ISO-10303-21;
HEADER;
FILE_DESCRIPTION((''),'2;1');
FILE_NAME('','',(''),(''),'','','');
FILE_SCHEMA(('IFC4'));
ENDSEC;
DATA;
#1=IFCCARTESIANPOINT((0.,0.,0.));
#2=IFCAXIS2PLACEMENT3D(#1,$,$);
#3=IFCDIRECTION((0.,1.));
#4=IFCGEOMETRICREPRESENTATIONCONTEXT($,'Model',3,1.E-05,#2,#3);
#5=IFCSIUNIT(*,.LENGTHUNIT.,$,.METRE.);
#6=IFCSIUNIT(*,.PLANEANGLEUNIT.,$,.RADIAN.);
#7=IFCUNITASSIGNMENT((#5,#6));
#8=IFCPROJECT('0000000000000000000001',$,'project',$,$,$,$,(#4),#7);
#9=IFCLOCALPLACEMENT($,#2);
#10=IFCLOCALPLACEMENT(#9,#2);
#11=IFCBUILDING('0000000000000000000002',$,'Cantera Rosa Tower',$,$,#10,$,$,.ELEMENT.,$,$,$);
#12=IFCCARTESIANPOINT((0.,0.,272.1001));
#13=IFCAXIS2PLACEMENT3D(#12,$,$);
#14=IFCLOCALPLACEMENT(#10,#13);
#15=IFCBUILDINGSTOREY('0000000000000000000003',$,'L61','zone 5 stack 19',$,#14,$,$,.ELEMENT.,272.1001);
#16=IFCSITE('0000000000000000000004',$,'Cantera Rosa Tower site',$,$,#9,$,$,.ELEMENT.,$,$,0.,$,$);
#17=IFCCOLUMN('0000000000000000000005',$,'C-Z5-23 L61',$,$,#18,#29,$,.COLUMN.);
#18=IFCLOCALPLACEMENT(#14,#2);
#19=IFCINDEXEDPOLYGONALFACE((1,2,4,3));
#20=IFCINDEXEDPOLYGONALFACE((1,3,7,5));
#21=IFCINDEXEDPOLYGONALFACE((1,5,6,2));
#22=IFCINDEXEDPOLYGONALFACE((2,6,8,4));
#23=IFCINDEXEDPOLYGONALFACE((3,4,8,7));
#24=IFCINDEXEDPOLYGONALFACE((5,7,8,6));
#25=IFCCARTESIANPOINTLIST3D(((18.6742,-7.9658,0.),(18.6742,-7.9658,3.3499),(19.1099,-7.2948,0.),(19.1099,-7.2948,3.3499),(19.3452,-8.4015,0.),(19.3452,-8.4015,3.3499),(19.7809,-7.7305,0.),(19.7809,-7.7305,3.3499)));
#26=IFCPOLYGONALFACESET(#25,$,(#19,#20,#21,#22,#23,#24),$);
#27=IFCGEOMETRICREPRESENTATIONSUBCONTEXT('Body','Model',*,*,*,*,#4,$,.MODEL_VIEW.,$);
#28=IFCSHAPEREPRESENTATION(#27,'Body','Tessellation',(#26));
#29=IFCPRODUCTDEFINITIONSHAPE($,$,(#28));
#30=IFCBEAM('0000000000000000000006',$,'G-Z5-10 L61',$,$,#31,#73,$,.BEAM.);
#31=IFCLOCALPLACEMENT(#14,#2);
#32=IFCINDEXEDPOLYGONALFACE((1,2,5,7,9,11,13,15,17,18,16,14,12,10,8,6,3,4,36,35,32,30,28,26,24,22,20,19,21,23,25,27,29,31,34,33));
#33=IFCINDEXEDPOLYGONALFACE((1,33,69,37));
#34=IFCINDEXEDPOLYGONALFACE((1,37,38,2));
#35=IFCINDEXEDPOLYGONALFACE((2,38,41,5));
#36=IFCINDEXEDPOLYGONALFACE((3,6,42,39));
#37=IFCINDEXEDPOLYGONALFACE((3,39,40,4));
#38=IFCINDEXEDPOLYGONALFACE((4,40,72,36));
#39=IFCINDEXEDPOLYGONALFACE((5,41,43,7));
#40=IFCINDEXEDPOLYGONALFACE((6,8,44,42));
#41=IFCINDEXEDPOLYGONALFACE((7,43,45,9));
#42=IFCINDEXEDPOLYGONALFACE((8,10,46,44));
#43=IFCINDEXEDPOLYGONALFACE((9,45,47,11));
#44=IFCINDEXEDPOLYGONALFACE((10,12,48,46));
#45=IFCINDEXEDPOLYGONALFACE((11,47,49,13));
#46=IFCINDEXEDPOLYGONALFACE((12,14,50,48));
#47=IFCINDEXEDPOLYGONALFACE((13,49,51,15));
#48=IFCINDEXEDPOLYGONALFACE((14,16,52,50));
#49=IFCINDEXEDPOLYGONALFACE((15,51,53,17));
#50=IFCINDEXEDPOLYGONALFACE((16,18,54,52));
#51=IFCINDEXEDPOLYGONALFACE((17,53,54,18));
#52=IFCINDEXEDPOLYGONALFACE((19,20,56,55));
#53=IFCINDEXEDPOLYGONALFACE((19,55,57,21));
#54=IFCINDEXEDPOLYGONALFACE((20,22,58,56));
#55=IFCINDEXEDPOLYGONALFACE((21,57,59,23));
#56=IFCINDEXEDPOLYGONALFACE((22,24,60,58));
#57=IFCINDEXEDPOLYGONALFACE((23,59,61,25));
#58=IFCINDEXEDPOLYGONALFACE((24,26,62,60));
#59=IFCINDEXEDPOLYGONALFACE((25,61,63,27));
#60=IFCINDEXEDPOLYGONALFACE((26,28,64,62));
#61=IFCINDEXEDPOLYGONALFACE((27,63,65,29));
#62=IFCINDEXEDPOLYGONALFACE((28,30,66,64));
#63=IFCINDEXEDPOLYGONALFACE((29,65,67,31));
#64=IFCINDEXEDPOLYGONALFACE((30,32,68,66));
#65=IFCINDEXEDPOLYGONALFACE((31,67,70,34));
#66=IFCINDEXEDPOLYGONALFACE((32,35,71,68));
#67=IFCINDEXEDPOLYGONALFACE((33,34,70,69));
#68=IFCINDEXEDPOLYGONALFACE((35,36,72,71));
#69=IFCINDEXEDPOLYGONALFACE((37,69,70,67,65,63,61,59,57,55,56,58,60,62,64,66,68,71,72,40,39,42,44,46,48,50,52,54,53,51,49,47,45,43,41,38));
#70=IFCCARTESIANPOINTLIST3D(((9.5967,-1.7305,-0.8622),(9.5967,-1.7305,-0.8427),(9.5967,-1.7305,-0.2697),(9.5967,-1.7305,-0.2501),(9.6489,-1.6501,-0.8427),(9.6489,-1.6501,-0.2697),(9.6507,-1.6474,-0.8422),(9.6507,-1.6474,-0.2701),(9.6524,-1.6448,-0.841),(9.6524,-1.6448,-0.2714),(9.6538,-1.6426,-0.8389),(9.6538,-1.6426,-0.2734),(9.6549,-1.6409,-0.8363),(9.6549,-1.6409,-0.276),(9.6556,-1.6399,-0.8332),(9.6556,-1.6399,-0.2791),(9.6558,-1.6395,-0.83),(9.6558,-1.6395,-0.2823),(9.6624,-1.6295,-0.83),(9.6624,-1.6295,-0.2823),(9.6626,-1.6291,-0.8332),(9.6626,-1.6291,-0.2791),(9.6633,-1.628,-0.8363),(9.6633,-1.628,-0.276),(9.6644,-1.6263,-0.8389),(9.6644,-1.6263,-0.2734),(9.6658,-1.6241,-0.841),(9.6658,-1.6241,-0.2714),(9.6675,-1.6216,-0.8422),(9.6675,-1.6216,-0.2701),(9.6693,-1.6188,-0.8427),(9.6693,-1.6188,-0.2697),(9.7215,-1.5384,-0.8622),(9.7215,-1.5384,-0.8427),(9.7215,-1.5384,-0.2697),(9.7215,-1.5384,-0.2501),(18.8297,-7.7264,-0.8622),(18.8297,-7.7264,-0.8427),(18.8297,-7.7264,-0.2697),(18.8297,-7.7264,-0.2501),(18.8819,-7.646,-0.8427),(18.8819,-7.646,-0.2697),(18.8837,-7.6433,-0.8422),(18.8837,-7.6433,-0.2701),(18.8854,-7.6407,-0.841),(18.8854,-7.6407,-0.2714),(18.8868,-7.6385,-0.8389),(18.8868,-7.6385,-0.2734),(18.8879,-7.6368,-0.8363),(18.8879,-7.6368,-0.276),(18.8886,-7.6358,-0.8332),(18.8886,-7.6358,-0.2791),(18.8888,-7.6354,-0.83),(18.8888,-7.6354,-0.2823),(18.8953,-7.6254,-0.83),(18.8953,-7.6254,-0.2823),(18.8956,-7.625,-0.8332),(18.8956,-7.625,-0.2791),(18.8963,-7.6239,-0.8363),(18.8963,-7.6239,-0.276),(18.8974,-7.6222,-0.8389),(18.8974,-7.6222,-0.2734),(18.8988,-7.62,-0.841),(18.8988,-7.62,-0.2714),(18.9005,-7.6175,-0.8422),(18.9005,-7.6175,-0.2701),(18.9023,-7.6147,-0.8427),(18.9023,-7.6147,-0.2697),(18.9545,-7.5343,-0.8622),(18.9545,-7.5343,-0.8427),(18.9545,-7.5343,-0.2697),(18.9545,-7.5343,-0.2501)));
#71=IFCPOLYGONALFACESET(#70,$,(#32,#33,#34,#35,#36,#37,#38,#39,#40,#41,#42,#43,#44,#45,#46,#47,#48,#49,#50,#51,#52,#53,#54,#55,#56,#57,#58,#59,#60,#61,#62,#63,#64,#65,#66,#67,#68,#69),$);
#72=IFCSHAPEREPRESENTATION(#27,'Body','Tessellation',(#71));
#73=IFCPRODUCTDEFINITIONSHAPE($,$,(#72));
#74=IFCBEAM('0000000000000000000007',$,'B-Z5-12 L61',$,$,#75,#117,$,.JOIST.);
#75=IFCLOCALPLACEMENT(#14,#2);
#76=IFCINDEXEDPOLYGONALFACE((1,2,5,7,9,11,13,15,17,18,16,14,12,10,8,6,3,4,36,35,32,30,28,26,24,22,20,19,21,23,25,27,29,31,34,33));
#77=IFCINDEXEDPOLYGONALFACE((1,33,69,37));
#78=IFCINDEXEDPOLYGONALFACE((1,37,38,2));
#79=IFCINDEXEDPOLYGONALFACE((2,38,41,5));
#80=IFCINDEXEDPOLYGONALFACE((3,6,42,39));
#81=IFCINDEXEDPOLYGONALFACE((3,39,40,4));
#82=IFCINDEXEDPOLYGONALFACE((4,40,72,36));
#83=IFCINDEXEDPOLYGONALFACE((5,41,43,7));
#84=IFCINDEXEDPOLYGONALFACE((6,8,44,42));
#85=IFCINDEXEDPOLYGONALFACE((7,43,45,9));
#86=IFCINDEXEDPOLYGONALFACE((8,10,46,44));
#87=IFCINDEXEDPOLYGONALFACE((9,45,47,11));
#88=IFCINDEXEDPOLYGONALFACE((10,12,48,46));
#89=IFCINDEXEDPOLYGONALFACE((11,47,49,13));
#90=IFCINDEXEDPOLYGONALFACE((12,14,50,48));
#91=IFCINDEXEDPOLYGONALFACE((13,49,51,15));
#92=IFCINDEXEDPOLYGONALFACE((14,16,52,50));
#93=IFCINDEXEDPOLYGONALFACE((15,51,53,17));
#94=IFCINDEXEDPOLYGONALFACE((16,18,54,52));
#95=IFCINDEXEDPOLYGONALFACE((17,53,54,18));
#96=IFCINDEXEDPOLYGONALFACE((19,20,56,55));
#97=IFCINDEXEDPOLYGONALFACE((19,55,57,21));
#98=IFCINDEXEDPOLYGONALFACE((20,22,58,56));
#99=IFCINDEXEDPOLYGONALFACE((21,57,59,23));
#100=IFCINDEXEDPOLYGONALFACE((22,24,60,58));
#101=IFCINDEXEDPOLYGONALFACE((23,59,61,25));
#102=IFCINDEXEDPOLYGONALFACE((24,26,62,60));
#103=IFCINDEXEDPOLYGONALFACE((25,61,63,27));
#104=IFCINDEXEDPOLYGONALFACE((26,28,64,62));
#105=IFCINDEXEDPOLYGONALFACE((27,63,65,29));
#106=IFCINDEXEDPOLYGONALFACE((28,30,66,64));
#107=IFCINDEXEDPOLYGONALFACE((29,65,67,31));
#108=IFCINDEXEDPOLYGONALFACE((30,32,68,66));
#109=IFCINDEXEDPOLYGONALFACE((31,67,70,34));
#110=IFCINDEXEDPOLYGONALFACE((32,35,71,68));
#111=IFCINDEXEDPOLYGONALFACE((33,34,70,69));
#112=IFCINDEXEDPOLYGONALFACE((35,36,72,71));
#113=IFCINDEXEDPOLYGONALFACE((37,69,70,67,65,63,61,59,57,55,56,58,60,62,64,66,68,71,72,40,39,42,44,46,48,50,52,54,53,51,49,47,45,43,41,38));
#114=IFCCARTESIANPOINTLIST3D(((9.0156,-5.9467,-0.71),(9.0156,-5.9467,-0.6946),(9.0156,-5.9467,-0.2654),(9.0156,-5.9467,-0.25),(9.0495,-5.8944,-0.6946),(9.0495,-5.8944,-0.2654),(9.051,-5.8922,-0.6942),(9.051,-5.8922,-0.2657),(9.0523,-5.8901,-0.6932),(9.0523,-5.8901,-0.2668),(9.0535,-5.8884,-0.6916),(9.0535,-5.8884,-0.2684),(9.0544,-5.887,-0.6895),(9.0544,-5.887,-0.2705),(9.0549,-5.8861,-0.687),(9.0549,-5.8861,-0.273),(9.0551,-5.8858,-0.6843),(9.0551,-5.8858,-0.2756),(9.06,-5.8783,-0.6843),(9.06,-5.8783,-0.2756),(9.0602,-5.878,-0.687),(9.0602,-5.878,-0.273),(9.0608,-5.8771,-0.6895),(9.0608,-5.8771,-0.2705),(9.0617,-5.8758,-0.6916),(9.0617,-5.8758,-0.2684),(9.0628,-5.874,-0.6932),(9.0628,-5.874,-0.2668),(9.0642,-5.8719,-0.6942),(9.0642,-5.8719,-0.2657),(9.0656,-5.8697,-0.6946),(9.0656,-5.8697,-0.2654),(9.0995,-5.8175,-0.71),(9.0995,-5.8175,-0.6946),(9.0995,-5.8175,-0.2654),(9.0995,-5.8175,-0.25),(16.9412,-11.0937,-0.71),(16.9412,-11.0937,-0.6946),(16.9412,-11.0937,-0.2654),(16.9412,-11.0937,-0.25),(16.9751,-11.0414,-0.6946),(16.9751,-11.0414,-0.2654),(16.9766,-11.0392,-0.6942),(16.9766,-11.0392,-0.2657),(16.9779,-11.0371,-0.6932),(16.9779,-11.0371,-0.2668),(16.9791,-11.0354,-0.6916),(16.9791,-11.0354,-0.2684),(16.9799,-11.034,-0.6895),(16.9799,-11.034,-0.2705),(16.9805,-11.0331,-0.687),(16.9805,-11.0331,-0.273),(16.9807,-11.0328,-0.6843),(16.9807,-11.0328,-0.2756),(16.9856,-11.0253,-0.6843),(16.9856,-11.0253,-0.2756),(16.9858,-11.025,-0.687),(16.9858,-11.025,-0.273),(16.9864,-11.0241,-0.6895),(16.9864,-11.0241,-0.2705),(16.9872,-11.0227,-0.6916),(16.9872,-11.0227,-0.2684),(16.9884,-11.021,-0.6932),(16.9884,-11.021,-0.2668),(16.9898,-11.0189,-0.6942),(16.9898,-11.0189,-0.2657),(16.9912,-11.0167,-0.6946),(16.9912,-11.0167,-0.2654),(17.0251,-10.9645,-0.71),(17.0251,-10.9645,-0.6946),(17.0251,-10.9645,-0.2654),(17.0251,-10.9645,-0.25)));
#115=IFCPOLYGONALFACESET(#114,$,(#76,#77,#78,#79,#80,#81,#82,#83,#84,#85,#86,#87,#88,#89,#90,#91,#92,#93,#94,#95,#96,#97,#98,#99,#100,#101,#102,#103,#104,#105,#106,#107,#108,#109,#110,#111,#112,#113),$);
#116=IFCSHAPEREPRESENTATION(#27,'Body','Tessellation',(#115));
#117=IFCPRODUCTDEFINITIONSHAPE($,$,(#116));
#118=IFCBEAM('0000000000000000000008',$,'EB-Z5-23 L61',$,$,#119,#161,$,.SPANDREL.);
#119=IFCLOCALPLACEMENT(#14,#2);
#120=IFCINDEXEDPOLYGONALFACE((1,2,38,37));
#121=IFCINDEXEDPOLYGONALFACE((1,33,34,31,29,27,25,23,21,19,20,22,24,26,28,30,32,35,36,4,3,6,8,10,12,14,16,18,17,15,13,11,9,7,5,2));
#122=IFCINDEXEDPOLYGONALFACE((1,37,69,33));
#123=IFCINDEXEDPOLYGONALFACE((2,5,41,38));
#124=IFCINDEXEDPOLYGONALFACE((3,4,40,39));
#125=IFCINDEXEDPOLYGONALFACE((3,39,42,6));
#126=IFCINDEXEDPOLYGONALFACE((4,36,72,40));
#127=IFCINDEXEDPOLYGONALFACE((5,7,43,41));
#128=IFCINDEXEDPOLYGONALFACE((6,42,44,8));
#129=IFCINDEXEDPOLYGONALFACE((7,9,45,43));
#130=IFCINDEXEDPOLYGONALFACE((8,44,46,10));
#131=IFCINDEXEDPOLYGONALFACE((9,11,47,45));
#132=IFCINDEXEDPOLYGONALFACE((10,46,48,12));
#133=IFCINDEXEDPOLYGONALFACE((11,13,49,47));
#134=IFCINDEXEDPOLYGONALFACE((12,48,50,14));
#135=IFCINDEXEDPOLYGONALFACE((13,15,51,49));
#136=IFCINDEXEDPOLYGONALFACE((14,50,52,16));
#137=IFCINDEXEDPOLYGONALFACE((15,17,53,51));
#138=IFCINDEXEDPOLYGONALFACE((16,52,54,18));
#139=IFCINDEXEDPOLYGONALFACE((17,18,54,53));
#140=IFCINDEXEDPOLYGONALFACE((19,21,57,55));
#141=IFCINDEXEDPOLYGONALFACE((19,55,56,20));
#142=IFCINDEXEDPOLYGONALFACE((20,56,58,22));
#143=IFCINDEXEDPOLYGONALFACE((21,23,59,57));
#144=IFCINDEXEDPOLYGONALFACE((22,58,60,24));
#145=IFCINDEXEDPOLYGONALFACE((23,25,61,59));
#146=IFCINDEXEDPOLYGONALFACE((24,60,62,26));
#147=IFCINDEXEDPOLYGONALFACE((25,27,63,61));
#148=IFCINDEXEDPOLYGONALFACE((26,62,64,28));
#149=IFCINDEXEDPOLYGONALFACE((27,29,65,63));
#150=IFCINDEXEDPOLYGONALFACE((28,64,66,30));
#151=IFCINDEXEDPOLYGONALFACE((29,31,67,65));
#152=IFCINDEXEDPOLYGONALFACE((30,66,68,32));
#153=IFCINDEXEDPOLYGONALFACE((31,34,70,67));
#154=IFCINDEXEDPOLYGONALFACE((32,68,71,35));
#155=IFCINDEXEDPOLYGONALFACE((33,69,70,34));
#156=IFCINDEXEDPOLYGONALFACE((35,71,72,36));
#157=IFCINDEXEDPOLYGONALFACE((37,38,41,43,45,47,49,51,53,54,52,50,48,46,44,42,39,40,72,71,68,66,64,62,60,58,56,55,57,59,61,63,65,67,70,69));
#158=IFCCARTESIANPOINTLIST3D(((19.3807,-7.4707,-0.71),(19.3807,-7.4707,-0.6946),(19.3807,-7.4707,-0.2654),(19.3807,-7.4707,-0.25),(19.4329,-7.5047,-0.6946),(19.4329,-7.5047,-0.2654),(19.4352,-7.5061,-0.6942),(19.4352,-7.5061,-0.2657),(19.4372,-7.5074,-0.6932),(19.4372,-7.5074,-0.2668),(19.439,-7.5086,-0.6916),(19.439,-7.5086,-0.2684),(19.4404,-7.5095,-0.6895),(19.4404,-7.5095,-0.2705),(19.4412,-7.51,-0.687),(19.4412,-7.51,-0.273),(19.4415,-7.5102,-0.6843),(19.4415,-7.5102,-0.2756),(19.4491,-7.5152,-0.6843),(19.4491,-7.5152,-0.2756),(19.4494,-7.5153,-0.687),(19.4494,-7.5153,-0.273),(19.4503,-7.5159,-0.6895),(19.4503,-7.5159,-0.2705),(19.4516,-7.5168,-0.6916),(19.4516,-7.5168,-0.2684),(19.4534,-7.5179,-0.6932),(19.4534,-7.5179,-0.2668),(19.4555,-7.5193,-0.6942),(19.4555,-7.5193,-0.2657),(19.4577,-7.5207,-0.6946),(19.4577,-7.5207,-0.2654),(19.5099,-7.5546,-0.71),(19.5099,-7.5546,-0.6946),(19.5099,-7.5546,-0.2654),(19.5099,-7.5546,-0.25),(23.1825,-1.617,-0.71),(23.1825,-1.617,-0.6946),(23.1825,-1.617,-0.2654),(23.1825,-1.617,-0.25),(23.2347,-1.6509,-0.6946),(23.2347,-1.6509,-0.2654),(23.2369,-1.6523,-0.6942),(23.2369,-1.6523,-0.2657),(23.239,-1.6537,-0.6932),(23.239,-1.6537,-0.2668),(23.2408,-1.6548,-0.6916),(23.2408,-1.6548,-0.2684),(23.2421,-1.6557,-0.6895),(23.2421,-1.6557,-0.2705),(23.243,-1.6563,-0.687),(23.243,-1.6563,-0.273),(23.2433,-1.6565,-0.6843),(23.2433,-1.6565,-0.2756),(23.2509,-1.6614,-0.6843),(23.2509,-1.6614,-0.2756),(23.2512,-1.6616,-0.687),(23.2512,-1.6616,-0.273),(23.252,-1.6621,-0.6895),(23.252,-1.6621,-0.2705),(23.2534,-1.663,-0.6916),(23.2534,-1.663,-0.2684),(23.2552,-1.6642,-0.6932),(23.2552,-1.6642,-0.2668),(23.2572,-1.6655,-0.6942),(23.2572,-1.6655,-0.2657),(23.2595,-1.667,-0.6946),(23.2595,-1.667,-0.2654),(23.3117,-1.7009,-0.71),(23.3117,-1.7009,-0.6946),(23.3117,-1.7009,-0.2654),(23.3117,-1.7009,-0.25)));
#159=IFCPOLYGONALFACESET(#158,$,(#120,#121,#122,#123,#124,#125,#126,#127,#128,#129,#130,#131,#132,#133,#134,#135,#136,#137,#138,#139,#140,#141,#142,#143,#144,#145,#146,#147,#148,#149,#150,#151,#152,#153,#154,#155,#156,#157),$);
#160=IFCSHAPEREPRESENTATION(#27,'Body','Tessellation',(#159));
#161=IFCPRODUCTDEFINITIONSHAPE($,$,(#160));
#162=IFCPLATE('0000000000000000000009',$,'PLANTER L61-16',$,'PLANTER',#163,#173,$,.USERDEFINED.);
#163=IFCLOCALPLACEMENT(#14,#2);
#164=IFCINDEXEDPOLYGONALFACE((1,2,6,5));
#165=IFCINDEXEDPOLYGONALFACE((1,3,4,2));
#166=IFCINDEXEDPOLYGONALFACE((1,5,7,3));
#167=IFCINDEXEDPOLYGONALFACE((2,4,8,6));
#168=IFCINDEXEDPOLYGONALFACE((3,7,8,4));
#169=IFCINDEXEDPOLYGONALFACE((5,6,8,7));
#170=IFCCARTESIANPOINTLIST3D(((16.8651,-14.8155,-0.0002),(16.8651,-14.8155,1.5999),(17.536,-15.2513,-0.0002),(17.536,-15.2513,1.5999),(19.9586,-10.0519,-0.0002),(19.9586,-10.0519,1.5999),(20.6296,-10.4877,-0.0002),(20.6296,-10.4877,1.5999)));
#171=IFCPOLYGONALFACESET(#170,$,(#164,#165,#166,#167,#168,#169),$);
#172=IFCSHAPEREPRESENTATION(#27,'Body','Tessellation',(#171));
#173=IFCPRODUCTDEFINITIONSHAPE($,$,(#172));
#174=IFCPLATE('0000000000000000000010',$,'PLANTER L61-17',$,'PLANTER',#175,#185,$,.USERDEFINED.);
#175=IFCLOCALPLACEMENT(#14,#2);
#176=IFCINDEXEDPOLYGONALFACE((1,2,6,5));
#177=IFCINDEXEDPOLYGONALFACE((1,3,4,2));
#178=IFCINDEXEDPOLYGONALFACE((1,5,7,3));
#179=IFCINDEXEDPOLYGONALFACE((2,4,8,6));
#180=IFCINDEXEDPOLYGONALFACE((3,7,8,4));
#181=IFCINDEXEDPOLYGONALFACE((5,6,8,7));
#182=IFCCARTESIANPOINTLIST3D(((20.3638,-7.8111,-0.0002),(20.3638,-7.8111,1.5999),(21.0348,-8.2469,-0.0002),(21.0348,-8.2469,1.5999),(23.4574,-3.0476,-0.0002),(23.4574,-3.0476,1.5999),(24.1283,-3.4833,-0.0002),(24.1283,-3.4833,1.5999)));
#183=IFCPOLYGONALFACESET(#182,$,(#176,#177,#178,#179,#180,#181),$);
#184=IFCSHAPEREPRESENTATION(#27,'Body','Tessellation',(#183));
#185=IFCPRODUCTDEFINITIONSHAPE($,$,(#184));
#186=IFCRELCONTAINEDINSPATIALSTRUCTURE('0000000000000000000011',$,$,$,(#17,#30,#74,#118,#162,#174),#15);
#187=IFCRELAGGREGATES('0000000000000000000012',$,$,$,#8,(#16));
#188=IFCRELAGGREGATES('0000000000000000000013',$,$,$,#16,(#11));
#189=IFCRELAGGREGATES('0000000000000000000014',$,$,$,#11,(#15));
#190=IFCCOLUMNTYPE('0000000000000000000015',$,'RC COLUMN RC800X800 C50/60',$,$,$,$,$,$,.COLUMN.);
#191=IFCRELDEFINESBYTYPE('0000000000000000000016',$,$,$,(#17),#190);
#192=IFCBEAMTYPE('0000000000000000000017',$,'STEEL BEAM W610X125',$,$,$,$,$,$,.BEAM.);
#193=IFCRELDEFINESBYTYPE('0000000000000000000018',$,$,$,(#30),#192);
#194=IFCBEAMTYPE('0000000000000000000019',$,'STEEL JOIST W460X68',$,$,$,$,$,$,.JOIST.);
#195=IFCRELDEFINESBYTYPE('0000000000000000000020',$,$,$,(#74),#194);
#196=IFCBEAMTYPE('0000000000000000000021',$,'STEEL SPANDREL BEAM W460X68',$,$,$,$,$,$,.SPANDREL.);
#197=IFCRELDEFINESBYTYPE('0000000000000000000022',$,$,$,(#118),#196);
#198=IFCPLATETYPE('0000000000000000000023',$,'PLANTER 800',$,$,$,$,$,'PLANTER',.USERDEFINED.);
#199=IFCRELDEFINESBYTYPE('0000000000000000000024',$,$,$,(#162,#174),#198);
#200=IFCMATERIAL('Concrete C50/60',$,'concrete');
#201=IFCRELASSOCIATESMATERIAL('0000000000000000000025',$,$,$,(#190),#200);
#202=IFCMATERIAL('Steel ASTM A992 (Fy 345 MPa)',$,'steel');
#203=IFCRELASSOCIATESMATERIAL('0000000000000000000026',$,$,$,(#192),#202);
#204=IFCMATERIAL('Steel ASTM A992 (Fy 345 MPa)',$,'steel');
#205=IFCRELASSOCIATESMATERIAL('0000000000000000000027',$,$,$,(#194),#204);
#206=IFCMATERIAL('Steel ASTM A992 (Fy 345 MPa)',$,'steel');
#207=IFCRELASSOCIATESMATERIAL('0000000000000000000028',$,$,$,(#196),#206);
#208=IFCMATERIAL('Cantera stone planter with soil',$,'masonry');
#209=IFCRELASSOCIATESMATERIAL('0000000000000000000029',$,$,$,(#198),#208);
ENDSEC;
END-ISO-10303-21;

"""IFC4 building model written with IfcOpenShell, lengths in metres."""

from ifc_helpers import new_model, si_unit, direction, frame, origin, origin_2d, place, context, subcontext, project, spatial, rectangle, i_section, extrude, material, material_profile, profile_set, type_object, element, save


model = new_model("IFC4")

# Units and contexts
model_context = context("Model", 3, precision=1e-05, world=origin(), true_north=direction((0.0, 1.0)))
body_context = subcontext(model_context, "Body", "Model", "MODEL_VIEW")
ifc_project = project(units=[si_unit("LENGTHUNIT", "METRE"), si_unit("PLANEANGLEUNIT", "RADIAN")], contexts=[model_context])

# Site, building, storey
site_placement = place(None, origin())
site = spatial("IfcSite", under=ifc_project, at=site_placement, Name="Cantera Rosa Tower site", CompositionType="ELEMENT", RefElevation=0.0)
building_placement = place(site_placement, origin())
building = spatial("IfcBuilding", under=site, at=building_placement, Name="Cantera Rosa Tower", CompositionType="ELEMENT")
storey_placement = place(building_placement, frame((0.0, 0.0, 272.1001)))
storey = spatial("IfcBuildingStorey", under=building, at=storey_placement, Name="L61", Description="zone 5 stack 19", CompositionType="ELEMENT", Elevation=272.1001)

# Column
ifc_material_1 = material(Name="Concrete C50/60", Category="concrete")
ifc_material_profile_1 = material_profile(ifc_material_1, rectangle(XDim=0.8, YDim=0.8, at=origin_2d()), Name="RC COLUMN RC800X800 C50/60")
ifc_profile_set_1 = profile_set([ifc_material_profile_1], Name="Concrete C50/60")
column_type = type_object("IfcColumnType", Name="RC COLUMN RC800X800 C50/60", PredefinedType="COLUMN", material=ifc_profile_set_1)
column_placement = place(storey_placement, frame((19.2275, -7.8481, 0.0), z_axis=(0.0, 0.0, 1.0), x_axis=(0.544639, 0.838671, 0.0)))
element("IfcColumn", 1, at=column_placement, inside=storey, type_object=column_type, Name="C-Z5-23 L61", PredefinedType="COLUMN", context=body_context, shape_type="SweptSolid", body=[
    extrude(rectangle(XDim=0.8, YDim=0.8, at=origin_2d()), origin(), (0.0, 0.0, 1.0), 3.3499),
])

# Beams
ifc_material_2 = material(Name="Steel ASTM A992 (Fy 345 MPa)", Category="steel")
ifc_material_profile_2 = material_profile(ifc_material_2, i_section(OverallWidth=0.229, OverallDepth=0.6121, WebThickness=0.012, FlangeThickness=0.0195, FilletRadius=0.0127, at=origin_2d()), Name="W610X125")
ifc_profile_set_2 = profile_set([ifc_material_profile_2], Name="Steel ASTM A992 (Fy 345 MPa)")
beam_type_1 = type_object("IfcBeamType", Name="STEEL BEAM W610X125", PredefinedType="BEAM", material=ifc_profile_set_2)
beam_1_placement = place(storey_placement, frame((18.8921, -7.6304, -0.5562), z_axis=(-0.838674, 0.544634, 0.0), x_axis=(-0.544634, -0.838674, 0.0)))
element("IfcBeam", 2, at=beam_1_placement, inside=storey, type_object=beam_type_1, Name="G-Z5-10 L61", PredefinedType="BEAM", context=body_context, shape_type="SweptSolid", body=[
    extrude(i_section(OverallWidth=0.229, OverallDepth=0.6121, WebThickness=0.012, FlangeThickness=0.0195, FilletRadius=0.0127, at=origin_2d()), origin(), (0.0, 0.0, 1.0), 11.009),
])
ifc_material_3 = material(Name="Steel ASTM A992 (Fy 345 MPa)", Category="steel")
ifc_material_profile_3 = material_profile(ifc_material_3, i_section(OverallWidth=0.1541, OverallDepth=0.46, WebThickness=0.009, FlangeThickness=0.0154, FilletRadius=0.0103, at=origin_2d()), Name="W460X68")
ifc_profile_set_3 = profile_set([ifc_material_profile_3], Name="Steel ASTM A992 (Fy 345 MPa)")
beam_type_2 = type_object("IfcBeamType", Name="STEEL JOIST W460X68", PredefinedType="JOIST", material=ifc_profile_set_3)
beam_2_placement = place(storey_placement, frame((16.9832, -11.0291, -0.48), z_axis=(-0.838667, 0.544644, 0.0), x_axis=(-0.544644, -0.838667, 0.0)))
element("IfcBeam", 3, at=beam_2_placement, inside=storey, type_object=beam_type_2, Name="B-Z5-12 L61", PredefinedType="JOIST", context=body_context, shape_type="SweptSolid", body=[
    extrude(i_section(OverallWidth=0.1541, OverallDepth=0.46, WebThickness=0.009, FlangeThickness=0.0154, FilletRadius=0.0103, at=origin_2d()), origin(), (0.0, 0.0, 1.0), 9.4502),
])
ifc_material_4 = material(Name="Steel ASTM A992 (Fy 345 MPa)", Category="steel")
ifc_material_profile_4 = material_profile(ifc_material_4, i_section(OverallWidth=0.1541, OverallDepth=0.46, WebThickness=0.009, FlangeThickness=0.0154, FilletRadius=0.0103, at=origin_2d()), Name="W460X68")
ifc_profile_set_4 = profile_set([ifc_material_profile_4], Name="Steel ASTM A992 (Fy 345 MPa)")
beam_type_3 = type_object("IfcBeamType", Name="STEEL SPANDREL BEAM W460X68", PredefinedType="SPANDREL", material=ifc_profile_set_4)
beam_3_placement = place(storey_placement, frame((19.4453, -7.5127, -0.48), z_axis=(0.544667, 0.838652, 0.0), x_axis=(-0.838652, 0.544667, 0.0)))
element("IfcBeam", 4, at=beam_3_placement, inside=storey, type_object=beam_type_3, Name="EB-Z5-23 L61", PredefinedType="SPANDREL", context=body_context, shape_type="SweptSolid", body=[
    extrude(i_section(OverallWidth=0.1541, OverallDepth=0.46, WebThickness=0.009, FlangeThickness=0.0154, FilletRadius=0.0103, at=origin_2d()), origin(), (0.0, 0.0, 1.0), 6.98),
])

# Plates
ifc_material_5 = material(Name="Cantera stone planter with soil", Category="masonry")
plate_type = type_object("IfcPlateType", Name="PLANTER 800", ElementType="PLANTER", PredefinedType="USERDEFINED", material=ifc_material_5)
for number, where, z_axis, x_axis, name in (
    (5, (18.7473, -12.6516, -0.0002), (0.0, 0.0, 1.0), (0.544639, 0.838671, 0.0), "PLANTER L61-16"),
    (6, (22.2461, -5.6472, -0.0002), (0.0, 0.0, 1.0), (0.544639, 0.838671, 0.0), "PLANTER L61-17"),
):
    element("IfcPlate", number, at=place(storey_placement, frame(where, z_axis=z_axis, x_axis=x_axis)), inside=storey, type_object=plate_type, Name=name, ObjectType="PLANTER", PredefinedType="USERDEFINED", context=body_context, shape_type="SweptSolid", body=[
        extrude(rectangle(XDim=5.6799, YDim=0.8, at=origin_2d()), origin(), (0.0, 0.0, 1.0), 1.6001),
    ])

save(model, "model.ifc")
